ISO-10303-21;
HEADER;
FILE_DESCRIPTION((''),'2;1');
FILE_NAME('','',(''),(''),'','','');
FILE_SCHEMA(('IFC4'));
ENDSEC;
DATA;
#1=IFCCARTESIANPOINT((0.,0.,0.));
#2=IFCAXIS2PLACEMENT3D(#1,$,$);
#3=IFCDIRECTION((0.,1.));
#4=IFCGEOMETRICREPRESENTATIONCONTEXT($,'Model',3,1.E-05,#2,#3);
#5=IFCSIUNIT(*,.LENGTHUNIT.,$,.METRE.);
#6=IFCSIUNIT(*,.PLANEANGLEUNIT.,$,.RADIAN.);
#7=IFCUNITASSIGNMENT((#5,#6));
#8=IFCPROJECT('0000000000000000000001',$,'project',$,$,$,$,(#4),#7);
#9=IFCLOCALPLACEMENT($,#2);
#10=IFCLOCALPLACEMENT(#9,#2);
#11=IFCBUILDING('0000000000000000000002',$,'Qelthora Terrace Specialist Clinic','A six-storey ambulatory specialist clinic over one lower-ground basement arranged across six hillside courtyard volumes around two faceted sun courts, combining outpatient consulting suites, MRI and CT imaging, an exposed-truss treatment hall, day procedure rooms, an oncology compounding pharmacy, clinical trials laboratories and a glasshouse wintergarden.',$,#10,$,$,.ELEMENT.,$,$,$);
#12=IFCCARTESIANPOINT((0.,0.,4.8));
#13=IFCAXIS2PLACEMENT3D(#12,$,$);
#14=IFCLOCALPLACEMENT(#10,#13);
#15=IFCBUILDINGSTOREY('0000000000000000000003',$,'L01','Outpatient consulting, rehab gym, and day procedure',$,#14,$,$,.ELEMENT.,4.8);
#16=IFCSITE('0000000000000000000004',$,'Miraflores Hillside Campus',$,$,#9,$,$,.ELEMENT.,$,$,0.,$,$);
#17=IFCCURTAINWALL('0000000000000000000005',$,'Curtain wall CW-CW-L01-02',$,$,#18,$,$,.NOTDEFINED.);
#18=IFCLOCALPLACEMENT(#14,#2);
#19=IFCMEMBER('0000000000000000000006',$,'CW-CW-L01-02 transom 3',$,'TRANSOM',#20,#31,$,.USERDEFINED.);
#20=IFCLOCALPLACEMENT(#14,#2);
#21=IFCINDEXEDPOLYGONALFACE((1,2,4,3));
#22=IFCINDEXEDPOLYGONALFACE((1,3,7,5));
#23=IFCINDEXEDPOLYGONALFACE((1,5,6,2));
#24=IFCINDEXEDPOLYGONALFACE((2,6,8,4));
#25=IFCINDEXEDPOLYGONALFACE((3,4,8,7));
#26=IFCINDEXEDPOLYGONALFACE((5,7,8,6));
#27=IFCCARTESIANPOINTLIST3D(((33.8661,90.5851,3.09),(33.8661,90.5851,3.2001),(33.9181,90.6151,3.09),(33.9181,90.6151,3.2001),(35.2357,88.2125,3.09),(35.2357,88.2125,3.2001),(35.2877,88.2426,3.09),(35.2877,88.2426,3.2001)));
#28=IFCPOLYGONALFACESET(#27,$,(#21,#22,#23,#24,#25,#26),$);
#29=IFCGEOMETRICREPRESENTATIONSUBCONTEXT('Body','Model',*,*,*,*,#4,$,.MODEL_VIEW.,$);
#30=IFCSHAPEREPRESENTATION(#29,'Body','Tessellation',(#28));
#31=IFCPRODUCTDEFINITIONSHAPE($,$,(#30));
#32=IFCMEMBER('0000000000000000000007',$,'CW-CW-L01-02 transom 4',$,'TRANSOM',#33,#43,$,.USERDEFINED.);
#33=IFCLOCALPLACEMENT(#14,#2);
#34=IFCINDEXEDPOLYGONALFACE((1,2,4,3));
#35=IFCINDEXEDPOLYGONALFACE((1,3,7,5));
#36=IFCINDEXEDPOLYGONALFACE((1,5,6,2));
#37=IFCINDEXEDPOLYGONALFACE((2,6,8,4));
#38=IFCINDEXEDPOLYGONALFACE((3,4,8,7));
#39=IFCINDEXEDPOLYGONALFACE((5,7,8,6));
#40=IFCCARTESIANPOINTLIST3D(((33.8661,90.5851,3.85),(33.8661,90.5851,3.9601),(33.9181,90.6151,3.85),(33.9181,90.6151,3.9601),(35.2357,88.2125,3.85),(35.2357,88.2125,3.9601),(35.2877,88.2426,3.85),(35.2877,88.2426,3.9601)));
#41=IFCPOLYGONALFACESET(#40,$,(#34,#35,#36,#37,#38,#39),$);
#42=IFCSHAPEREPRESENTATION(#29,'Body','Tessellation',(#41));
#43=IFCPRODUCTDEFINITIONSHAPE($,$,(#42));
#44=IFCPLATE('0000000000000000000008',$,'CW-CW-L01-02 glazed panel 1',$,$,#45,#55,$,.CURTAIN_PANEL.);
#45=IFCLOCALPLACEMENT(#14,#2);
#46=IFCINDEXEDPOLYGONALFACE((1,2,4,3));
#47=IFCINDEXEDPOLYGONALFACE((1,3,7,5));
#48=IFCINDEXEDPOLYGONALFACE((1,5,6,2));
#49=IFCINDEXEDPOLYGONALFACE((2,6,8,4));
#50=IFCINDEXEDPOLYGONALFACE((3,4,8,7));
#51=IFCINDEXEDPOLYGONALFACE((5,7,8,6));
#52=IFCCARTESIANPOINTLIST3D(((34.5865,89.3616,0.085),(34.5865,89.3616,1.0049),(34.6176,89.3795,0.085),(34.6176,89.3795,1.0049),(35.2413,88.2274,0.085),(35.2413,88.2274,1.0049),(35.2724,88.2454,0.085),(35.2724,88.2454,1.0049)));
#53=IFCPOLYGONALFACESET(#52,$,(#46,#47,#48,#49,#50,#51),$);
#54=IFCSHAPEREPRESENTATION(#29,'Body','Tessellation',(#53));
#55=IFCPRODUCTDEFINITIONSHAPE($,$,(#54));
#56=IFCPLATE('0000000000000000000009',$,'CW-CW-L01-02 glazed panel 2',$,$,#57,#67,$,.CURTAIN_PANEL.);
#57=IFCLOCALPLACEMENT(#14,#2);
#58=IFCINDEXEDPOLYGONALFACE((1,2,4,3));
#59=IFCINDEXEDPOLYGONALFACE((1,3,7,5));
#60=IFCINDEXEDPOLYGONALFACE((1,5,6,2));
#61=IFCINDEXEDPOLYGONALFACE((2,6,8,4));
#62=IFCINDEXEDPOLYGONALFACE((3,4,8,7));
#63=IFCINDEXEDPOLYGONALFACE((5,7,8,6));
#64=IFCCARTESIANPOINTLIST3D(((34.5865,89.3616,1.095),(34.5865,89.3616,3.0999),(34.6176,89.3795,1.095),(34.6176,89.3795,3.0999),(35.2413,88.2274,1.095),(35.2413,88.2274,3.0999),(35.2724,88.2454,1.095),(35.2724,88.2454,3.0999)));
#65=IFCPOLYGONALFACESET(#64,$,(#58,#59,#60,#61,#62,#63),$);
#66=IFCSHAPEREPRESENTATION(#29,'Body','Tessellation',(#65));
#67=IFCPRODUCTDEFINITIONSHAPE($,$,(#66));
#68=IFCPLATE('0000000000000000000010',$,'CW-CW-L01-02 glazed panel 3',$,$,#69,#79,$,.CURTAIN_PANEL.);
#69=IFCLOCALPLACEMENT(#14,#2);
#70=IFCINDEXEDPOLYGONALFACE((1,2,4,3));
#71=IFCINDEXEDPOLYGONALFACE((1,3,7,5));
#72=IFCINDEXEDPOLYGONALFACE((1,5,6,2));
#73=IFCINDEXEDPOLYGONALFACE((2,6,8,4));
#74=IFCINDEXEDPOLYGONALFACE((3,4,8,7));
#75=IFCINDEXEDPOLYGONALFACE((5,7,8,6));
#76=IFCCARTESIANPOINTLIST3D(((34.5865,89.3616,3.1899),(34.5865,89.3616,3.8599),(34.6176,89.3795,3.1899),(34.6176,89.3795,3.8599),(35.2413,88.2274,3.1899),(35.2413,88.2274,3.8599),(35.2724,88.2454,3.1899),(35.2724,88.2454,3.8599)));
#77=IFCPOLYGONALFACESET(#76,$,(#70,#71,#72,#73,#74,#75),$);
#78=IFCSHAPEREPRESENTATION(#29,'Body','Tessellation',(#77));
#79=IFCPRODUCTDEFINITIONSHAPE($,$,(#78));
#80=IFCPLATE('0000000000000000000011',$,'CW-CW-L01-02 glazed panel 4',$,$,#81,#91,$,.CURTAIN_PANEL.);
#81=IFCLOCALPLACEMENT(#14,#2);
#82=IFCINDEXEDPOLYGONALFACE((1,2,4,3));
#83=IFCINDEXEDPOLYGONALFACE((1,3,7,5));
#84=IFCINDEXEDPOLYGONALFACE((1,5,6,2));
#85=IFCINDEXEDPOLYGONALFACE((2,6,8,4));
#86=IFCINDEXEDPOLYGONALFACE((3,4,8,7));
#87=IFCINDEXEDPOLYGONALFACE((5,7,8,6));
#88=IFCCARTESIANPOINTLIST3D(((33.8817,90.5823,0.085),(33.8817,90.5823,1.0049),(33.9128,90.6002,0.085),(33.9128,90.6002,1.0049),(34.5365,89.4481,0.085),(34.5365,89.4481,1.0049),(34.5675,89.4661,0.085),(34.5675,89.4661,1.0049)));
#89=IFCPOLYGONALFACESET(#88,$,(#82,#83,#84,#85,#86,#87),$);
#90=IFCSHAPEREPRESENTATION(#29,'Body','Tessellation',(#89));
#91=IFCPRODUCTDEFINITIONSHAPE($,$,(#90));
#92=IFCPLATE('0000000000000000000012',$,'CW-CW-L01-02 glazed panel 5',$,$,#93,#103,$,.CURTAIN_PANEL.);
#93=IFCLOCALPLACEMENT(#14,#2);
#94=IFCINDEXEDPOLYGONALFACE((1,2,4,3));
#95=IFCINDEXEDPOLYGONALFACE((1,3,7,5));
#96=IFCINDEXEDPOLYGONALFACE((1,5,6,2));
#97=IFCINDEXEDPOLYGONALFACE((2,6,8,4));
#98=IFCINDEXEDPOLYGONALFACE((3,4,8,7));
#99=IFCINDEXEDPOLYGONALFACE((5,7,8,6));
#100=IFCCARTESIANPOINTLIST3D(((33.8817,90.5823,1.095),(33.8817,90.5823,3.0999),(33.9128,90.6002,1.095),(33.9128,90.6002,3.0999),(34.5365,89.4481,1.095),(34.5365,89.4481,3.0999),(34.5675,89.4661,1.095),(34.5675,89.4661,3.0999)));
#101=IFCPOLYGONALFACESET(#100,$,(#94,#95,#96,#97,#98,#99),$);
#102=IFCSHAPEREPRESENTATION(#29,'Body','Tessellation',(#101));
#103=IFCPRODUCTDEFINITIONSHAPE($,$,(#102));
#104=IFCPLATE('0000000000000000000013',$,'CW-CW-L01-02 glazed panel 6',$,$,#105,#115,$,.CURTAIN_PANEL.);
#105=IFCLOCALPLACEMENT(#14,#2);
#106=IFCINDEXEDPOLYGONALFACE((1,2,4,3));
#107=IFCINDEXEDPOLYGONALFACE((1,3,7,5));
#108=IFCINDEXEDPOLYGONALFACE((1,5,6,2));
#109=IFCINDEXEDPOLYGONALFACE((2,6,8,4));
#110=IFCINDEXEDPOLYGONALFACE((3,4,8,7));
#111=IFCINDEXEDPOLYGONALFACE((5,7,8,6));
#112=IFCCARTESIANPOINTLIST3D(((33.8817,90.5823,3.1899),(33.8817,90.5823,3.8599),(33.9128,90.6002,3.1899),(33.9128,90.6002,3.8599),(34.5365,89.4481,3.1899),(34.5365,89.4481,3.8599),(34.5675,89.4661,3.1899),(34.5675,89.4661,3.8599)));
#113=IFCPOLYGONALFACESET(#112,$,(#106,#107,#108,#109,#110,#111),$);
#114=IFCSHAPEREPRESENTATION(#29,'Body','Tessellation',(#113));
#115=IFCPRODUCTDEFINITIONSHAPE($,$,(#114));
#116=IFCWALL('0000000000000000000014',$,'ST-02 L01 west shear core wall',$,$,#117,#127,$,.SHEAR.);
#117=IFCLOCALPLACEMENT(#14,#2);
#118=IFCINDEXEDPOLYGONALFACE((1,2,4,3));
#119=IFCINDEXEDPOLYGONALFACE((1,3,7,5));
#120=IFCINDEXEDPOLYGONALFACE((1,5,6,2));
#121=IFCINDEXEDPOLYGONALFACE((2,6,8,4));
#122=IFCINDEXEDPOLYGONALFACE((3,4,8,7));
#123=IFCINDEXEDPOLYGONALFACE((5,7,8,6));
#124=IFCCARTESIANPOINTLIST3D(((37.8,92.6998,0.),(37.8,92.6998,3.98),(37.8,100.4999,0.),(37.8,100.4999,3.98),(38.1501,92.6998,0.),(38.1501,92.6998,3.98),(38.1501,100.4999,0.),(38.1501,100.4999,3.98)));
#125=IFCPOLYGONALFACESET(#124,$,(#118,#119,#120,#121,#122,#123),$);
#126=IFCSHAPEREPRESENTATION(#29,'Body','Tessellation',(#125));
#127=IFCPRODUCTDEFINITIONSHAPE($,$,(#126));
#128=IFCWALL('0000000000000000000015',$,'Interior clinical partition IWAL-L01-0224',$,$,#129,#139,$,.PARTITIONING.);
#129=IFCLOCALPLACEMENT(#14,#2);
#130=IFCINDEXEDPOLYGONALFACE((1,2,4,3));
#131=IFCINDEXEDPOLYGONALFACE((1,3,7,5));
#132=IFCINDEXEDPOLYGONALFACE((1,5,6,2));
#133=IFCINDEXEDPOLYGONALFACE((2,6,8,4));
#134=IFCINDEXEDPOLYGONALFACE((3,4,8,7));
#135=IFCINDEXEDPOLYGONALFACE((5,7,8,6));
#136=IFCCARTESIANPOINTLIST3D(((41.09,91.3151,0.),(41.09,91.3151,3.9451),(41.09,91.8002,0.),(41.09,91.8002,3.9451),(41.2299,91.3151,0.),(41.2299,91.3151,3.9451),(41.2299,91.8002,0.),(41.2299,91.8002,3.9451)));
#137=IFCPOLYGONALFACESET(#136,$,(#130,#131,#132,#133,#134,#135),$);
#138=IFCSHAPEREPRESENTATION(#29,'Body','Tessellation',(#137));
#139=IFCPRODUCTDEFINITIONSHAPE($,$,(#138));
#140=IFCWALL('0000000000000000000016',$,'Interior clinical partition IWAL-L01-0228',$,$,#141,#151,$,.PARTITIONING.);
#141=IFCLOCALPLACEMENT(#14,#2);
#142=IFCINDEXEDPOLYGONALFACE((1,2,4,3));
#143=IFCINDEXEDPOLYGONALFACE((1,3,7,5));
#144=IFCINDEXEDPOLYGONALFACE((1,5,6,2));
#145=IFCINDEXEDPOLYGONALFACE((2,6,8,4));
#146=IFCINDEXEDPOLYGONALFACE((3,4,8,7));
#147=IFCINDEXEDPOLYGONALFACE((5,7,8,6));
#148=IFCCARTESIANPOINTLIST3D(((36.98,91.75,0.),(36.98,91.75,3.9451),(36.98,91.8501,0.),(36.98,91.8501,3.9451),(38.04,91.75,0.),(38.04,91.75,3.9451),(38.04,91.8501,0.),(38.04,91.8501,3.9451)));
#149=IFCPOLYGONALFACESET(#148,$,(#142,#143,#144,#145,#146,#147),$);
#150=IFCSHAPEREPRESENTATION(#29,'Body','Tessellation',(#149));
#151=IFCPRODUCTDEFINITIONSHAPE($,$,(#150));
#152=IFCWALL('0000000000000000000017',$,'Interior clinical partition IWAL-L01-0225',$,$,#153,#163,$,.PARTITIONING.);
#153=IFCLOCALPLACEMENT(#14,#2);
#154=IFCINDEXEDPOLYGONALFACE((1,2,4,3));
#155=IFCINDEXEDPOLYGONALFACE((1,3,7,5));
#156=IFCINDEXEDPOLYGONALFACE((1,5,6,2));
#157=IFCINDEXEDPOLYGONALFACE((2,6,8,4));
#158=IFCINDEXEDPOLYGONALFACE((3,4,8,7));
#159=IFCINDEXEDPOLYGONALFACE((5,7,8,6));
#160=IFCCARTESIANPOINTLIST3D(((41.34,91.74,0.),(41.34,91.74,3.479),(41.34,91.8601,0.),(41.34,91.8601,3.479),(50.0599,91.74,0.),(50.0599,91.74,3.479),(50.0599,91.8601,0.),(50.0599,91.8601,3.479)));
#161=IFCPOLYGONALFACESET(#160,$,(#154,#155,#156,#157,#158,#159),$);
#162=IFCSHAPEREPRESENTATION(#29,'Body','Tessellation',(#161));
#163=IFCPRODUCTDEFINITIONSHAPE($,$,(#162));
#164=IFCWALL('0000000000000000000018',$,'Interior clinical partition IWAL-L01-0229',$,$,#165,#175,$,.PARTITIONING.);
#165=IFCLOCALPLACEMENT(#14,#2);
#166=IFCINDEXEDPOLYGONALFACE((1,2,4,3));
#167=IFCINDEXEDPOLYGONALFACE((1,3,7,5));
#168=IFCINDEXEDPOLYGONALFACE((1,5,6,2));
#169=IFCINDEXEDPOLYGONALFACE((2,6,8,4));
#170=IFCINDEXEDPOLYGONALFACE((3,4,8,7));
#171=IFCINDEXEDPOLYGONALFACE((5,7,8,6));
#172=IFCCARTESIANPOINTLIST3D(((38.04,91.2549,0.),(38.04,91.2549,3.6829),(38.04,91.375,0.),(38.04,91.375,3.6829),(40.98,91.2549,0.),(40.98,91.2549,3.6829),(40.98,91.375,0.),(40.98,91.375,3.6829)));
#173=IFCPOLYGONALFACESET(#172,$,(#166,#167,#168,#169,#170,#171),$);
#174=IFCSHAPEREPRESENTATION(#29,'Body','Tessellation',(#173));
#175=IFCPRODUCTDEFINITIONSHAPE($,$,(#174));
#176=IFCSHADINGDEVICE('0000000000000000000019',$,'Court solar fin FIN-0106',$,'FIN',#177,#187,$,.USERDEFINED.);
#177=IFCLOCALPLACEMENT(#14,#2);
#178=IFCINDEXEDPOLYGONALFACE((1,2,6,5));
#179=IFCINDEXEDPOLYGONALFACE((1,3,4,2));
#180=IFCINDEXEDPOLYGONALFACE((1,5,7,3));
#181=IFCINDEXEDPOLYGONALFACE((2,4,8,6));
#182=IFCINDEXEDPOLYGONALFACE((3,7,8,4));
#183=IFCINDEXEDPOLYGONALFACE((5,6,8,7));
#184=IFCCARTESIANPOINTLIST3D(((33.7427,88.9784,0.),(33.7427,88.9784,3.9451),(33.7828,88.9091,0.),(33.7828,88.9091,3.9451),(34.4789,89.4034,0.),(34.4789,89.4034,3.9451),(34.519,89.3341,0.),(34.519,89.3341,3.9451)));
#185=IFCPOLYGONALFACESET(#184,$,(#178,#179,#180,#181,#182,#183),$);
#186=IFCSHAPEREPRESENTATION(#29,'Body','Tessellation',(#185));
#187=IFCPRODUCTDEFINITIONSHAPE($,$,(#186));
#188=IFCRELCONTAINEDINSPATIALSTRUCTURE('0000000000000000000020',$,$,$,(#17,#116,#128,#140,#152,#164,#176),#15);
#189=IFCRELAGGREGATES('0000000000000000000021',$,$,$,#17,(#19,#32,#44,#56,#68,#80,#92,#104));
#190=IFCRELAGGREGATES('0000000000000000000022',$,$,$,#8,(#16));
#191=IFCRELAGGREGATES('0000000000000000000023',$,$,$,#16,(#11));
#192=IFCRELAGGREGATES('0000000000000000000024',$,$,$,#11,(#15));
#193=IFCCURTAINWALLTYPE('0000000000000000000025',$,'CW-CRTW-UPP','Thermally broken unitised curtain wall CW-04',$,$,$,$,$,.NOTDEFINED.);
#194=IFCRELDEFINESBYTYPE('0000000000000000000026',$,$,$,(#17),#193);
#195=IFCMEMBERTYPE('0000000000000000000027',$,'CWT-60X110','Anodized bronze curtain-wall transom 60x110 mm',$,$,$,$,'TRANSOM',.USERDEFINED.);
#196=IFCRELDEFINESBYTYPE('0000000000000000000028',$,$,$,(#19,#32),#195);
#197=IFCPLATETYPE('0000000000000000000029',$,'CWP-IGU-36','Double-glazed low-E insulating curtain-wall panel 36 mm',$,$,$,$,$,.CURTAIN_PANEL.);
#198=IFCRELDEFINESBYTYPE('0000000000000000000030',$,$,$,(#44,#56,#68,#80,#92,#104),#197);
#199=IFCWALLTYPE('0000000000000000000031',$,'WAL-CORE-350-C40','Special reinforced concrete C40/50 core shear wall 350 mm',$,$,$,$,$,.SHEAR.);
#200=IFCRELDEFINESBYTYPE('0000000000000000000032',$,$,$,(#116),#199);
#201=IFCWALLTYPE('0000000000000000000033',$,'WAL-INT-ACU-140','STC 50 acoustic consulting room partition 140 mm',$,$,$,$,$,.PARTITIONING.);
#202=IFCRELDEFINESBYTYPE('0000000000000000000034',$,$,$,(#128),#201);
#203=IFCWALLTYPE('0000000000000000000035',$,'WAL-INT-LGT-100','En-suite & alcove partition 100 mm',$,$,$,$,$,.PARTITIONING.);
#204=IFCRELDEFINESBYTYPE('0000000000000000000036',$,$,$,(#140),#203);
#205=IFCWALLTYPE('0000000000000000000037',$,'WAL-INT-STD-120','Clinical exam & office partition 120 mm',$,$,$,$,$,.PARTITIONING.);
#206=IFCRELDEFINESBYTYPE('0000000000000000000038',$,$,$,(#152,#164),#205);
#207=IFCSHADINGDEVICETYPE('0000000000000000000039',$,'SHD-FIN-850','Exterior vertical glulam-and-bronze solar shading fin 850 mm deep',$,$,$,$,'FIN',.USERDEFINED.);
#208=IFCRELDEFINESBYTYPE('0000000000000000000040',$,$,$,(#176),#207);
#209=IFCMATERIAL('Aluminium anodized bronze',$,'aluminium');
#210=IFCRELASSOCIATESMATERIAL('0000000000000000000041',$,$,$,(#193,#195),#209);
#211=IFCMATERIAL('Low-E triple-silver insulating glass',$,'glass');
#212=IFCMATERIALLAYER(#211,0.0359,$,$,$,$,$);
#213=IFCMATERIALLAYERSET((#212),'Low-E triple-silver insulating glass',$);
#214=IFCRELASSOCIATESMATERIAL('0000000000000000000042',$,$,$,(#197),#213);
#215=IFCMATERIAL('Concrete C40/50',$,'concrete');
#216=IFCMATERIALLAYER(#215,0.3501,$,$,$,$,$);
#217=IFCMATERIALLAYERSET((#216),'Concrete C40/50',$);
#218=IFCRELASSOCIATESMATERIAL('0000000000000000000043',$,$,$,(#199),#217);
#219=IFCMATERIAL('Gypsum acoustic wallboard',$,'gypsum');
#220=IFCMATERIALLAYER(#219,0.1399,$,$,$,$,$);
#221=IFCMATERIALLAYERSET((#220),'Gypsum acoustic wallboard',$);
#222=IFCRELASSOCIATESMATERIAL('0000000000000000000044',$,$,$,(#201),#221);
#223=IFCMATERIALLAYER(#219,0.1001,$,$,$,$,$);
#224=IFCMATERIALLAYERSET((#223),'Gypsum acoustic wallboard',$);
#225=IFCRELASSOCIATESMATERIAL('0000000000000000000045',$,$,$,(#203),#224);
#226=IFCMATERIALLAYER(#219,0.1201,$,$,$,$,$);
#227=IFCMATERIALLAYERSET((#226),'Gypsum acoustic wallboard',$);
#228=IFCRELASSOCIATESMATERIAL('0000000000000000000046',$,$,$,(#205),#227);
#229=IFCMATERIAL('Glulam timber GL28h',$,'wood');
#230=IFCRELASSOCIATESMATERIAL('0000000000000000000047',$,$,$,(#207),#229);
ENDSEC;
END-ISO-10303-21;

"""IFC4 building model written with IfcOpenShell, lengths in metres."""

from ifc_helpers import new_model, si_unit, direction, frame, frame_2d, origin, origin_2d, place, context, subcontext, project, spatial, rectangle, extrude, material, layer, layer_set, material_profile, profile_set, type_object, element, aggregate, save


model = new_model("IFC4")

# Units and contexts
model_context = context("Model", 3, precision=1e-05, world=origin(), true_north=direction((0.0, 1.0)))
body_context = subcontext(model_context, "Body", "Model", "MODEL_VIEW")
ifc_project = project(units=[si_unit("LENGTHUNIT", "METRE"), si_unit("PLANEANGLEUNIT", "RADIAN")], contexts=[model_context])

# Site, building, storey
site_placement = place(None, origin())
site = spatial("IfcSite", under=ifc_project, at=site_placement, Name="Miraflores Hillside Campus", CompositionType="ELEMENT", RefElevation=0.0)
building_placement = place(site_placement, origin())
building = spatial("IfcBuilding", under=site, at=building_placement, Name="Qelthora Terrace Specialist Clinic", Description="A six-storey ambulatory specialist clinic over one lower-ground basement arranged across six hillside courtyard volumes around two faceted sun courts, combining outpatient consulting suites, MRI and CT imaging, an exposed-truss treatment hall, day procedure rooms, an oncology compounding pharmacy, clinical trials laboratories and a glasshouse wintergarden.", CompositionType="ELEMENT")
storey_placement = place(building_placement, frame((0.0, 0.0, 4.8)))
storey = spatial("IfcBuildingStorey", under=building, at=storey_placement, Name="L01", Description="Outpatient consulting, rehab gym, and day procedure", CompositionType="ELEMENT", Elevation=4.8)

# Shared definitions
ifc_material_1 = material(Name="Aluminium anodized bronze", Category="aluminium")
curtain_wall_type = type_object("IfcCurtainWallType", Name="CW-CRTW-UPP", Description="Thermally broken unitised curtain wall CW-04", PredefinedType="NOTDEFINED", material=ifc_material_1)

# Curtain wall
curtain_wall_1_placement = place(storey_placement, origin())
curtain_wall_1 = element("IfcCurtainWall", 1, at=curtain_wall_1_placement, inside=storey, type_object=curtain_wall_type, Name="Curtain wall CW-CW-L01-02", PredefinedType="NOTDEFINED")

# Members
ifc_material_profile_1 = material_profile(ifc_material_1, rectangle(XDim=0.0601, YDim=0.1101, at=origin_2d()), Name="CWT60X110")
ifc_profile_set_1 = profile_set([ifc_material_profile_1], Name="Aluminium anodized bronze")
member_type_1 = type_object("IfcMemberType", Name="CWT-60X110", Description="Anodized bronze curtain-wall transom 60x110 mm", ElementType="TRANSOM", PredefinedType="USERDEFINED", material=ifc_profile_set_1)
member_1_placement = place(storey_placement, frame((35.2617, 88.2275, 3.145), z_axis=(-0.499954, 0.866052, 0.0), x_axis=(-0.866052, -0.499954, 0.0)))
member_1 = element("IfcMember", 2, at=member_1_placement, type_object=member_type_1, Name="CW-CW-L01-02 transom 3", ObjectType="TRANSOM", PredefinedType="USERDEFINED", context=body_context, shape_type="SweptSolid", body=[
    extrude(rectangle(XDim=0.0601, YDim=0.1101, at=origin_2d()), origin(), (0.0, 0.0, 1.0), 2.7395),
])
member_2_placement = place(storey_placement, frame((35.2617, 88.2275, 3.905), z_axis=(-0.499954, 0.866052, 0.0), x_axis=(-0.866052, -0.499954, 0.0)))
member_2 = element("IfcMember", 3, at=member_2_placement, type_object=member_type_1, Name="CW-CW-L01-02 transom 4", ObjectType="TRANSOM", PredefinedType="USERDEFINED", context=body_context, shape_type="SweptSolid", body=[
    extrude(rectangle(XDim=0.0601, YDim=0.1101, at=origin_2d()), origin(), (0.0, 0.0, 1.0), 2.7395),
])

# Plates
ifc_material_2 = material(Name="Low-E triple-silver insulating glass", Category="glass")
ifc_layer_1 = layer(ifc_material_2, 0.0359)
ifc_layer_set_1 = layer_set([ifc_layer_1], Name="Low-E triple-silver insulating glass")
plate_type = type_object("IfcPlateType", Name="CWP-IGU-36", Description="Double-glazed low-E insulating curtain-wall panel 36 mm", PredefinedType="CURTAIN_PANEL", material=ifc_layer_set_1)
plate_1_placement = place(storey_placement, frame((34.9294, 88.8035, 0.085), z_axis=(0.0, 0.0, 1.0), x_axis=(-0.5, 0.866025, 0.0)))
plate_1 = element("IfcPlate", 4, at=plate_1_placement, type_object=plate_type, Name="CW-CW-L01-02 glazed panel 1", PredefinedType="CURTAIN_PANEL", context=body_context, shape_type="SweptSolid", body=[
    extrude(rectangle(XDim=1.3096, YDim=0.0359, at=origin_2d()), origin(), (0.0, 0.0, 1.0), 0.9199),
])
plate_2_placement = place(storey_placement, frame((34.9294, 88.8035, 1.095), z_axis=(0.0, 0.0, 1.0), x_axis=(-0.5, 0.866025, 0.0)))
plate_2 = element("IfcPlate", 5, at=plate_2_placement, type_object=plate_type, Name="CW-CW-L01-02 glazed panel 2", PredefinedType="CURTAIN_PANEL", context=body_context, shape_type="SweptSolid", body=[
    extrude(rectangle(XDim=1.3096, YDim=0.0359, at=origin_2d()), origin(), (0.0, 0.0, 1.0), 2.0049),
])
plate_3_placement = place(storey_placement, frame((34.9294, 88.8035, 3.1899), z_axis=(0.0, 0.0, 1.0), x_axis=(-0.5, 0.866025, 0.0)))
plate_3 = element("IfcPlate", 6, at=plate_3_placement, type_object=plate_type, Name="CW-CW-L01-02 glazed panel 3", PredefinedType="CURTAIN_PANEL", context=body_context, shape_type="SweptSolid", body=[
    extrude(rectangle(XDim=1.3096, YDim=0.0359, at=origin_2d()), origin(), (0.0, 0.0, 1.0), 0.6699),
])
plate_4_placement = place(storey_placement, frame((34.2246, 90.0242, 0.085), z_axis=(0.0, 0.0, 1.0), x_axis=(-0.5, 0.866025, 0.0)))
plate_4 = element("IfcPlate", 7, at=plate_4_placement, type_object=plate_type, Name="CW-CW-L01-02 glazed panel 4", PredefinedType="CURTAIN_PANEL", context=body_context, shape_type="SweptSolid", body=[
    extrude(rectangle(XDim=1.3096, YDim=0.0359, at=origin_2d()), origin(), (0.0, 0.0, 1.0), 0.9199),
])
plate_5_placement = place(storey_placement, frame((34.2246, 90.0242, 1.095), z_axis=(0.0, 0.0, 1.0), x_axis=(-0.5, 0.866025, 0.0)))
plate_5 = element("IfcPlate", 8, at=plate_5_placement, type_object=plate_type, Name="CW-CW-L01-02 glazed panel 5", PredefinedType="CURTAIN_PANEL", context=body_context, shape_type="SweptSolid", body=[
    extrude(rectangle(XDim=1.3096, YDim=0.0359, at=origin_2d()), origin(), (0.0, 0.0, 1.0), 2.0049),
])
plate_6_placement = place(storey_placement, frame((34.2246, 90.0242, 3.1899), z_axis=(0.0, 0.0, 1.0), x_axis=(-0.5, 0.866025, 0.0)))
plate_6 = element("IfcPlate", 9, at=plate_6_placement, type_object=plate_type, Name="CW-CW-L01-02 glazed panel 6", PredefinedType="CURTAIN_PANEL", context=body_context, shape_type="SweptSolid", body=[
    extrude(rectangle(XDim=1.3096, YDim=0.0359, at=origin_2d()), origin(), (0.0, 0.0, 1.0), 0.6699),
])
aggregate(curtain_wall_1, [member_1, member_2, plate_1, plate_2, plate_3, plate_4, plate_5, plate_6])

# Walls
ifc_material_3 = material(Name="Concrete C40/50", Category="concrete")
ifc_layer_2 = layer(ifc_material_3, 0.3501)
ifc_layer_set_2 = layer_set([ifc_layer_2], Name="Concrete C40/50")
wall_type_1 = type_object("IfcWallType", Name="WAL-CORE-350-C40", Description="Special reinforced concrete C40/50 core shear wall 350 mm", PredefinedType="SHEAR", material=ifc_layer_set_2)
wall_1_placement = place(storey_placement, frame((37.9751, 92.7, 0.0), z_axis=(0.0, 0.0, 1.0), x_axis=(0.0, 1.0, 0.0)))
element("IfcWall", 10, at=wall_1_placement, inside=storey, type_object=wall_type_1, Name="ST-02 L01 west shear core wall", PredefinedType="SHEAR", context=body_context, shape_type="SweptSolid", body=[
    extrude(rectangle(XDim=7.8, YDim=0.3501, at=frame_2d((3.8999, 0.0))), origin(), (0.0, 0.0, 1.0), 3.98),
])
ifc_material_4 = material(Name="Gypsum acoustic wallboard", Category="gypsum")
ifc_layer_3 = layer(ifc_material_4, 0.1399)
ifc_layer_set_3 = layer_set([ifc_layer_3], Name="Gypsum acoustic wallboard")
wall_type_2 = type_object("IfcWallType", Name="WAL-INT-ACU-140", Description="STC 50 acoustic consulting room partition 140 mm", PredefinedType="PARTITIONING", material=ifc_layer_set_3)
wall_2_placement = place(storey_placement, frame((41.1599, 91.3149, 0.0), z_axis=(0.0, 0.0, 1.0), x_axis=(0.0, 1.0, 0.0)))
element("IfcWall", 11, at=wall_2_placement, inside=storey, type_object=wall_type_2, Name="Interior clinical partition IWAL-L01-0224", PredefinedType="PARTITIONING", context=body_context, shape_type="SweptSolid", body=[
    extrude(rectangle(XDim=0.4851, YDim=0.1399, at=frame_2d((0.2427, 0.0))), origin(), (0.0, 0.0, 1.0), 3.9451),
])
ifc_layer_4 = layer(ifc_material_4, 0.1001)
ifc_layer_set_4 = layer_set([ifc_layer_4], Name="Gypsum acoustic wallboard")
wall_type_3 = type_object("IfcWallType", Name="WAL-INT-LGT-100", Description="En-suite & alcove partition 100 mm", PredefinedType="PARTITIONING", material=ifc_layer_set_4)
wall_3_placement = place(storey_placement, frame((36.98, 91.8, 0.0), z_axis=(0.0, 0.0, 1.0), x_axis=(1.0, 0.0, 0.0)))
element("IfcWall", 12, at=wall_3_placement, inside=storey, type_object=wall_type_3, Name="Interior clinical partition IWAL-L01-0228", PredefinedType="PARTITIONING", context=body_context, shape_type="SweptSolid", body=[
    extrude(rectangle(XDim=1.0601, YDim=0.1001, at=frame_2d((0.53, 0.0))), origin(), (0.0, 0.0, 1.0), 3.9451),
])
ifc_layer_5 = layer(ifc_material_4, 0.1201)
ifc_layer_set_5 = layer_set([ifc_layer_5], Name="Gypsum acoustic wallboard")
wall_type_4 = type_object("IfcWallType", Name="WAL-INT-STD-120", Description="Clinical exam & office partition 120 mm", PredefinedType="PARTITIONING", material=ifc_layer_set_5)
wall_4_placement = place(storey_placement, frame((41.3401, 91.8, 0.0), z_axis=(0.0, 0.0, 1.0), x_axis=(1.0, 0.0, 0.0)))
element("IfcWall", 13, at=wall_4_placement, inside=storey, type_object=wall_type_4, Name="Interior clinical partition IWAL-L01-0225", PredefinedType="PARTITIONING", context=body_context, shape_type="SweptSolid", body=[
    extrude(rectangle(XDim=8.72, YDim=0.1201, at=frame_2d((4.3599, 0.0))), origin(), (0.0, 0.0, 1.0), 3.479),
])
wall_5_placement = place(storey_placement, frame((38.04, 91.3149, 0.0), z_axis=(0.0, 0.0, 1.0), x_axis=(1.0, 0.0, 0.0)))
element("IfcWall", 14, at=wall_5_placement, inside=storey, type_object=wall_type_4, Name="Interior clinical partition IWAL-L01-0229", PredefinedType="PARTITIONING", context=body_context, shape_type="SweptSolid", body=[
    extrude(rectangle(XDim=2.9399, YDim=0.1201, at=frame_2d((1.47, 0.0))), origin(), (0.0, 0.0, 1.0), 3.6829),
])

# Shading device
ifc_material_5 = material(Name="Glulam timber GL28h", Category="wood")
shading_device_type = type_object("IfcShadingDeviceType", Name="SHD-FIN-850", Description="Exterior vertical glulam-and-bronze solar shading fin 850 mm deep", ElementType="FIN", PredefinedType="USERDEFINED", material=ifc_material_5)
shading_device_placement = place(storey_placement, frame((34.1309, 89.1562, 0.0), z_axis=(0.0, 0.0, 1.0), x_axis=(-0.866025, -0.5, 0.0)))
element("IfcShadingDevice", 15, at=shading_device_placement, inside=storey, type_object=shading_device_type, Name="Court solar fin FIN-0106", ObjectType="FIN", PredefinedType="USERDEFINED", context=body_context, shape_type="SweptSolid", body=[
    extrude(rectangle(XDim=0.8501, YDim=0.0801, at=origin_2d()), origin(), (0.0, 0.0, 1.0), 3.9451),
])

save(model, "model.ifc")
